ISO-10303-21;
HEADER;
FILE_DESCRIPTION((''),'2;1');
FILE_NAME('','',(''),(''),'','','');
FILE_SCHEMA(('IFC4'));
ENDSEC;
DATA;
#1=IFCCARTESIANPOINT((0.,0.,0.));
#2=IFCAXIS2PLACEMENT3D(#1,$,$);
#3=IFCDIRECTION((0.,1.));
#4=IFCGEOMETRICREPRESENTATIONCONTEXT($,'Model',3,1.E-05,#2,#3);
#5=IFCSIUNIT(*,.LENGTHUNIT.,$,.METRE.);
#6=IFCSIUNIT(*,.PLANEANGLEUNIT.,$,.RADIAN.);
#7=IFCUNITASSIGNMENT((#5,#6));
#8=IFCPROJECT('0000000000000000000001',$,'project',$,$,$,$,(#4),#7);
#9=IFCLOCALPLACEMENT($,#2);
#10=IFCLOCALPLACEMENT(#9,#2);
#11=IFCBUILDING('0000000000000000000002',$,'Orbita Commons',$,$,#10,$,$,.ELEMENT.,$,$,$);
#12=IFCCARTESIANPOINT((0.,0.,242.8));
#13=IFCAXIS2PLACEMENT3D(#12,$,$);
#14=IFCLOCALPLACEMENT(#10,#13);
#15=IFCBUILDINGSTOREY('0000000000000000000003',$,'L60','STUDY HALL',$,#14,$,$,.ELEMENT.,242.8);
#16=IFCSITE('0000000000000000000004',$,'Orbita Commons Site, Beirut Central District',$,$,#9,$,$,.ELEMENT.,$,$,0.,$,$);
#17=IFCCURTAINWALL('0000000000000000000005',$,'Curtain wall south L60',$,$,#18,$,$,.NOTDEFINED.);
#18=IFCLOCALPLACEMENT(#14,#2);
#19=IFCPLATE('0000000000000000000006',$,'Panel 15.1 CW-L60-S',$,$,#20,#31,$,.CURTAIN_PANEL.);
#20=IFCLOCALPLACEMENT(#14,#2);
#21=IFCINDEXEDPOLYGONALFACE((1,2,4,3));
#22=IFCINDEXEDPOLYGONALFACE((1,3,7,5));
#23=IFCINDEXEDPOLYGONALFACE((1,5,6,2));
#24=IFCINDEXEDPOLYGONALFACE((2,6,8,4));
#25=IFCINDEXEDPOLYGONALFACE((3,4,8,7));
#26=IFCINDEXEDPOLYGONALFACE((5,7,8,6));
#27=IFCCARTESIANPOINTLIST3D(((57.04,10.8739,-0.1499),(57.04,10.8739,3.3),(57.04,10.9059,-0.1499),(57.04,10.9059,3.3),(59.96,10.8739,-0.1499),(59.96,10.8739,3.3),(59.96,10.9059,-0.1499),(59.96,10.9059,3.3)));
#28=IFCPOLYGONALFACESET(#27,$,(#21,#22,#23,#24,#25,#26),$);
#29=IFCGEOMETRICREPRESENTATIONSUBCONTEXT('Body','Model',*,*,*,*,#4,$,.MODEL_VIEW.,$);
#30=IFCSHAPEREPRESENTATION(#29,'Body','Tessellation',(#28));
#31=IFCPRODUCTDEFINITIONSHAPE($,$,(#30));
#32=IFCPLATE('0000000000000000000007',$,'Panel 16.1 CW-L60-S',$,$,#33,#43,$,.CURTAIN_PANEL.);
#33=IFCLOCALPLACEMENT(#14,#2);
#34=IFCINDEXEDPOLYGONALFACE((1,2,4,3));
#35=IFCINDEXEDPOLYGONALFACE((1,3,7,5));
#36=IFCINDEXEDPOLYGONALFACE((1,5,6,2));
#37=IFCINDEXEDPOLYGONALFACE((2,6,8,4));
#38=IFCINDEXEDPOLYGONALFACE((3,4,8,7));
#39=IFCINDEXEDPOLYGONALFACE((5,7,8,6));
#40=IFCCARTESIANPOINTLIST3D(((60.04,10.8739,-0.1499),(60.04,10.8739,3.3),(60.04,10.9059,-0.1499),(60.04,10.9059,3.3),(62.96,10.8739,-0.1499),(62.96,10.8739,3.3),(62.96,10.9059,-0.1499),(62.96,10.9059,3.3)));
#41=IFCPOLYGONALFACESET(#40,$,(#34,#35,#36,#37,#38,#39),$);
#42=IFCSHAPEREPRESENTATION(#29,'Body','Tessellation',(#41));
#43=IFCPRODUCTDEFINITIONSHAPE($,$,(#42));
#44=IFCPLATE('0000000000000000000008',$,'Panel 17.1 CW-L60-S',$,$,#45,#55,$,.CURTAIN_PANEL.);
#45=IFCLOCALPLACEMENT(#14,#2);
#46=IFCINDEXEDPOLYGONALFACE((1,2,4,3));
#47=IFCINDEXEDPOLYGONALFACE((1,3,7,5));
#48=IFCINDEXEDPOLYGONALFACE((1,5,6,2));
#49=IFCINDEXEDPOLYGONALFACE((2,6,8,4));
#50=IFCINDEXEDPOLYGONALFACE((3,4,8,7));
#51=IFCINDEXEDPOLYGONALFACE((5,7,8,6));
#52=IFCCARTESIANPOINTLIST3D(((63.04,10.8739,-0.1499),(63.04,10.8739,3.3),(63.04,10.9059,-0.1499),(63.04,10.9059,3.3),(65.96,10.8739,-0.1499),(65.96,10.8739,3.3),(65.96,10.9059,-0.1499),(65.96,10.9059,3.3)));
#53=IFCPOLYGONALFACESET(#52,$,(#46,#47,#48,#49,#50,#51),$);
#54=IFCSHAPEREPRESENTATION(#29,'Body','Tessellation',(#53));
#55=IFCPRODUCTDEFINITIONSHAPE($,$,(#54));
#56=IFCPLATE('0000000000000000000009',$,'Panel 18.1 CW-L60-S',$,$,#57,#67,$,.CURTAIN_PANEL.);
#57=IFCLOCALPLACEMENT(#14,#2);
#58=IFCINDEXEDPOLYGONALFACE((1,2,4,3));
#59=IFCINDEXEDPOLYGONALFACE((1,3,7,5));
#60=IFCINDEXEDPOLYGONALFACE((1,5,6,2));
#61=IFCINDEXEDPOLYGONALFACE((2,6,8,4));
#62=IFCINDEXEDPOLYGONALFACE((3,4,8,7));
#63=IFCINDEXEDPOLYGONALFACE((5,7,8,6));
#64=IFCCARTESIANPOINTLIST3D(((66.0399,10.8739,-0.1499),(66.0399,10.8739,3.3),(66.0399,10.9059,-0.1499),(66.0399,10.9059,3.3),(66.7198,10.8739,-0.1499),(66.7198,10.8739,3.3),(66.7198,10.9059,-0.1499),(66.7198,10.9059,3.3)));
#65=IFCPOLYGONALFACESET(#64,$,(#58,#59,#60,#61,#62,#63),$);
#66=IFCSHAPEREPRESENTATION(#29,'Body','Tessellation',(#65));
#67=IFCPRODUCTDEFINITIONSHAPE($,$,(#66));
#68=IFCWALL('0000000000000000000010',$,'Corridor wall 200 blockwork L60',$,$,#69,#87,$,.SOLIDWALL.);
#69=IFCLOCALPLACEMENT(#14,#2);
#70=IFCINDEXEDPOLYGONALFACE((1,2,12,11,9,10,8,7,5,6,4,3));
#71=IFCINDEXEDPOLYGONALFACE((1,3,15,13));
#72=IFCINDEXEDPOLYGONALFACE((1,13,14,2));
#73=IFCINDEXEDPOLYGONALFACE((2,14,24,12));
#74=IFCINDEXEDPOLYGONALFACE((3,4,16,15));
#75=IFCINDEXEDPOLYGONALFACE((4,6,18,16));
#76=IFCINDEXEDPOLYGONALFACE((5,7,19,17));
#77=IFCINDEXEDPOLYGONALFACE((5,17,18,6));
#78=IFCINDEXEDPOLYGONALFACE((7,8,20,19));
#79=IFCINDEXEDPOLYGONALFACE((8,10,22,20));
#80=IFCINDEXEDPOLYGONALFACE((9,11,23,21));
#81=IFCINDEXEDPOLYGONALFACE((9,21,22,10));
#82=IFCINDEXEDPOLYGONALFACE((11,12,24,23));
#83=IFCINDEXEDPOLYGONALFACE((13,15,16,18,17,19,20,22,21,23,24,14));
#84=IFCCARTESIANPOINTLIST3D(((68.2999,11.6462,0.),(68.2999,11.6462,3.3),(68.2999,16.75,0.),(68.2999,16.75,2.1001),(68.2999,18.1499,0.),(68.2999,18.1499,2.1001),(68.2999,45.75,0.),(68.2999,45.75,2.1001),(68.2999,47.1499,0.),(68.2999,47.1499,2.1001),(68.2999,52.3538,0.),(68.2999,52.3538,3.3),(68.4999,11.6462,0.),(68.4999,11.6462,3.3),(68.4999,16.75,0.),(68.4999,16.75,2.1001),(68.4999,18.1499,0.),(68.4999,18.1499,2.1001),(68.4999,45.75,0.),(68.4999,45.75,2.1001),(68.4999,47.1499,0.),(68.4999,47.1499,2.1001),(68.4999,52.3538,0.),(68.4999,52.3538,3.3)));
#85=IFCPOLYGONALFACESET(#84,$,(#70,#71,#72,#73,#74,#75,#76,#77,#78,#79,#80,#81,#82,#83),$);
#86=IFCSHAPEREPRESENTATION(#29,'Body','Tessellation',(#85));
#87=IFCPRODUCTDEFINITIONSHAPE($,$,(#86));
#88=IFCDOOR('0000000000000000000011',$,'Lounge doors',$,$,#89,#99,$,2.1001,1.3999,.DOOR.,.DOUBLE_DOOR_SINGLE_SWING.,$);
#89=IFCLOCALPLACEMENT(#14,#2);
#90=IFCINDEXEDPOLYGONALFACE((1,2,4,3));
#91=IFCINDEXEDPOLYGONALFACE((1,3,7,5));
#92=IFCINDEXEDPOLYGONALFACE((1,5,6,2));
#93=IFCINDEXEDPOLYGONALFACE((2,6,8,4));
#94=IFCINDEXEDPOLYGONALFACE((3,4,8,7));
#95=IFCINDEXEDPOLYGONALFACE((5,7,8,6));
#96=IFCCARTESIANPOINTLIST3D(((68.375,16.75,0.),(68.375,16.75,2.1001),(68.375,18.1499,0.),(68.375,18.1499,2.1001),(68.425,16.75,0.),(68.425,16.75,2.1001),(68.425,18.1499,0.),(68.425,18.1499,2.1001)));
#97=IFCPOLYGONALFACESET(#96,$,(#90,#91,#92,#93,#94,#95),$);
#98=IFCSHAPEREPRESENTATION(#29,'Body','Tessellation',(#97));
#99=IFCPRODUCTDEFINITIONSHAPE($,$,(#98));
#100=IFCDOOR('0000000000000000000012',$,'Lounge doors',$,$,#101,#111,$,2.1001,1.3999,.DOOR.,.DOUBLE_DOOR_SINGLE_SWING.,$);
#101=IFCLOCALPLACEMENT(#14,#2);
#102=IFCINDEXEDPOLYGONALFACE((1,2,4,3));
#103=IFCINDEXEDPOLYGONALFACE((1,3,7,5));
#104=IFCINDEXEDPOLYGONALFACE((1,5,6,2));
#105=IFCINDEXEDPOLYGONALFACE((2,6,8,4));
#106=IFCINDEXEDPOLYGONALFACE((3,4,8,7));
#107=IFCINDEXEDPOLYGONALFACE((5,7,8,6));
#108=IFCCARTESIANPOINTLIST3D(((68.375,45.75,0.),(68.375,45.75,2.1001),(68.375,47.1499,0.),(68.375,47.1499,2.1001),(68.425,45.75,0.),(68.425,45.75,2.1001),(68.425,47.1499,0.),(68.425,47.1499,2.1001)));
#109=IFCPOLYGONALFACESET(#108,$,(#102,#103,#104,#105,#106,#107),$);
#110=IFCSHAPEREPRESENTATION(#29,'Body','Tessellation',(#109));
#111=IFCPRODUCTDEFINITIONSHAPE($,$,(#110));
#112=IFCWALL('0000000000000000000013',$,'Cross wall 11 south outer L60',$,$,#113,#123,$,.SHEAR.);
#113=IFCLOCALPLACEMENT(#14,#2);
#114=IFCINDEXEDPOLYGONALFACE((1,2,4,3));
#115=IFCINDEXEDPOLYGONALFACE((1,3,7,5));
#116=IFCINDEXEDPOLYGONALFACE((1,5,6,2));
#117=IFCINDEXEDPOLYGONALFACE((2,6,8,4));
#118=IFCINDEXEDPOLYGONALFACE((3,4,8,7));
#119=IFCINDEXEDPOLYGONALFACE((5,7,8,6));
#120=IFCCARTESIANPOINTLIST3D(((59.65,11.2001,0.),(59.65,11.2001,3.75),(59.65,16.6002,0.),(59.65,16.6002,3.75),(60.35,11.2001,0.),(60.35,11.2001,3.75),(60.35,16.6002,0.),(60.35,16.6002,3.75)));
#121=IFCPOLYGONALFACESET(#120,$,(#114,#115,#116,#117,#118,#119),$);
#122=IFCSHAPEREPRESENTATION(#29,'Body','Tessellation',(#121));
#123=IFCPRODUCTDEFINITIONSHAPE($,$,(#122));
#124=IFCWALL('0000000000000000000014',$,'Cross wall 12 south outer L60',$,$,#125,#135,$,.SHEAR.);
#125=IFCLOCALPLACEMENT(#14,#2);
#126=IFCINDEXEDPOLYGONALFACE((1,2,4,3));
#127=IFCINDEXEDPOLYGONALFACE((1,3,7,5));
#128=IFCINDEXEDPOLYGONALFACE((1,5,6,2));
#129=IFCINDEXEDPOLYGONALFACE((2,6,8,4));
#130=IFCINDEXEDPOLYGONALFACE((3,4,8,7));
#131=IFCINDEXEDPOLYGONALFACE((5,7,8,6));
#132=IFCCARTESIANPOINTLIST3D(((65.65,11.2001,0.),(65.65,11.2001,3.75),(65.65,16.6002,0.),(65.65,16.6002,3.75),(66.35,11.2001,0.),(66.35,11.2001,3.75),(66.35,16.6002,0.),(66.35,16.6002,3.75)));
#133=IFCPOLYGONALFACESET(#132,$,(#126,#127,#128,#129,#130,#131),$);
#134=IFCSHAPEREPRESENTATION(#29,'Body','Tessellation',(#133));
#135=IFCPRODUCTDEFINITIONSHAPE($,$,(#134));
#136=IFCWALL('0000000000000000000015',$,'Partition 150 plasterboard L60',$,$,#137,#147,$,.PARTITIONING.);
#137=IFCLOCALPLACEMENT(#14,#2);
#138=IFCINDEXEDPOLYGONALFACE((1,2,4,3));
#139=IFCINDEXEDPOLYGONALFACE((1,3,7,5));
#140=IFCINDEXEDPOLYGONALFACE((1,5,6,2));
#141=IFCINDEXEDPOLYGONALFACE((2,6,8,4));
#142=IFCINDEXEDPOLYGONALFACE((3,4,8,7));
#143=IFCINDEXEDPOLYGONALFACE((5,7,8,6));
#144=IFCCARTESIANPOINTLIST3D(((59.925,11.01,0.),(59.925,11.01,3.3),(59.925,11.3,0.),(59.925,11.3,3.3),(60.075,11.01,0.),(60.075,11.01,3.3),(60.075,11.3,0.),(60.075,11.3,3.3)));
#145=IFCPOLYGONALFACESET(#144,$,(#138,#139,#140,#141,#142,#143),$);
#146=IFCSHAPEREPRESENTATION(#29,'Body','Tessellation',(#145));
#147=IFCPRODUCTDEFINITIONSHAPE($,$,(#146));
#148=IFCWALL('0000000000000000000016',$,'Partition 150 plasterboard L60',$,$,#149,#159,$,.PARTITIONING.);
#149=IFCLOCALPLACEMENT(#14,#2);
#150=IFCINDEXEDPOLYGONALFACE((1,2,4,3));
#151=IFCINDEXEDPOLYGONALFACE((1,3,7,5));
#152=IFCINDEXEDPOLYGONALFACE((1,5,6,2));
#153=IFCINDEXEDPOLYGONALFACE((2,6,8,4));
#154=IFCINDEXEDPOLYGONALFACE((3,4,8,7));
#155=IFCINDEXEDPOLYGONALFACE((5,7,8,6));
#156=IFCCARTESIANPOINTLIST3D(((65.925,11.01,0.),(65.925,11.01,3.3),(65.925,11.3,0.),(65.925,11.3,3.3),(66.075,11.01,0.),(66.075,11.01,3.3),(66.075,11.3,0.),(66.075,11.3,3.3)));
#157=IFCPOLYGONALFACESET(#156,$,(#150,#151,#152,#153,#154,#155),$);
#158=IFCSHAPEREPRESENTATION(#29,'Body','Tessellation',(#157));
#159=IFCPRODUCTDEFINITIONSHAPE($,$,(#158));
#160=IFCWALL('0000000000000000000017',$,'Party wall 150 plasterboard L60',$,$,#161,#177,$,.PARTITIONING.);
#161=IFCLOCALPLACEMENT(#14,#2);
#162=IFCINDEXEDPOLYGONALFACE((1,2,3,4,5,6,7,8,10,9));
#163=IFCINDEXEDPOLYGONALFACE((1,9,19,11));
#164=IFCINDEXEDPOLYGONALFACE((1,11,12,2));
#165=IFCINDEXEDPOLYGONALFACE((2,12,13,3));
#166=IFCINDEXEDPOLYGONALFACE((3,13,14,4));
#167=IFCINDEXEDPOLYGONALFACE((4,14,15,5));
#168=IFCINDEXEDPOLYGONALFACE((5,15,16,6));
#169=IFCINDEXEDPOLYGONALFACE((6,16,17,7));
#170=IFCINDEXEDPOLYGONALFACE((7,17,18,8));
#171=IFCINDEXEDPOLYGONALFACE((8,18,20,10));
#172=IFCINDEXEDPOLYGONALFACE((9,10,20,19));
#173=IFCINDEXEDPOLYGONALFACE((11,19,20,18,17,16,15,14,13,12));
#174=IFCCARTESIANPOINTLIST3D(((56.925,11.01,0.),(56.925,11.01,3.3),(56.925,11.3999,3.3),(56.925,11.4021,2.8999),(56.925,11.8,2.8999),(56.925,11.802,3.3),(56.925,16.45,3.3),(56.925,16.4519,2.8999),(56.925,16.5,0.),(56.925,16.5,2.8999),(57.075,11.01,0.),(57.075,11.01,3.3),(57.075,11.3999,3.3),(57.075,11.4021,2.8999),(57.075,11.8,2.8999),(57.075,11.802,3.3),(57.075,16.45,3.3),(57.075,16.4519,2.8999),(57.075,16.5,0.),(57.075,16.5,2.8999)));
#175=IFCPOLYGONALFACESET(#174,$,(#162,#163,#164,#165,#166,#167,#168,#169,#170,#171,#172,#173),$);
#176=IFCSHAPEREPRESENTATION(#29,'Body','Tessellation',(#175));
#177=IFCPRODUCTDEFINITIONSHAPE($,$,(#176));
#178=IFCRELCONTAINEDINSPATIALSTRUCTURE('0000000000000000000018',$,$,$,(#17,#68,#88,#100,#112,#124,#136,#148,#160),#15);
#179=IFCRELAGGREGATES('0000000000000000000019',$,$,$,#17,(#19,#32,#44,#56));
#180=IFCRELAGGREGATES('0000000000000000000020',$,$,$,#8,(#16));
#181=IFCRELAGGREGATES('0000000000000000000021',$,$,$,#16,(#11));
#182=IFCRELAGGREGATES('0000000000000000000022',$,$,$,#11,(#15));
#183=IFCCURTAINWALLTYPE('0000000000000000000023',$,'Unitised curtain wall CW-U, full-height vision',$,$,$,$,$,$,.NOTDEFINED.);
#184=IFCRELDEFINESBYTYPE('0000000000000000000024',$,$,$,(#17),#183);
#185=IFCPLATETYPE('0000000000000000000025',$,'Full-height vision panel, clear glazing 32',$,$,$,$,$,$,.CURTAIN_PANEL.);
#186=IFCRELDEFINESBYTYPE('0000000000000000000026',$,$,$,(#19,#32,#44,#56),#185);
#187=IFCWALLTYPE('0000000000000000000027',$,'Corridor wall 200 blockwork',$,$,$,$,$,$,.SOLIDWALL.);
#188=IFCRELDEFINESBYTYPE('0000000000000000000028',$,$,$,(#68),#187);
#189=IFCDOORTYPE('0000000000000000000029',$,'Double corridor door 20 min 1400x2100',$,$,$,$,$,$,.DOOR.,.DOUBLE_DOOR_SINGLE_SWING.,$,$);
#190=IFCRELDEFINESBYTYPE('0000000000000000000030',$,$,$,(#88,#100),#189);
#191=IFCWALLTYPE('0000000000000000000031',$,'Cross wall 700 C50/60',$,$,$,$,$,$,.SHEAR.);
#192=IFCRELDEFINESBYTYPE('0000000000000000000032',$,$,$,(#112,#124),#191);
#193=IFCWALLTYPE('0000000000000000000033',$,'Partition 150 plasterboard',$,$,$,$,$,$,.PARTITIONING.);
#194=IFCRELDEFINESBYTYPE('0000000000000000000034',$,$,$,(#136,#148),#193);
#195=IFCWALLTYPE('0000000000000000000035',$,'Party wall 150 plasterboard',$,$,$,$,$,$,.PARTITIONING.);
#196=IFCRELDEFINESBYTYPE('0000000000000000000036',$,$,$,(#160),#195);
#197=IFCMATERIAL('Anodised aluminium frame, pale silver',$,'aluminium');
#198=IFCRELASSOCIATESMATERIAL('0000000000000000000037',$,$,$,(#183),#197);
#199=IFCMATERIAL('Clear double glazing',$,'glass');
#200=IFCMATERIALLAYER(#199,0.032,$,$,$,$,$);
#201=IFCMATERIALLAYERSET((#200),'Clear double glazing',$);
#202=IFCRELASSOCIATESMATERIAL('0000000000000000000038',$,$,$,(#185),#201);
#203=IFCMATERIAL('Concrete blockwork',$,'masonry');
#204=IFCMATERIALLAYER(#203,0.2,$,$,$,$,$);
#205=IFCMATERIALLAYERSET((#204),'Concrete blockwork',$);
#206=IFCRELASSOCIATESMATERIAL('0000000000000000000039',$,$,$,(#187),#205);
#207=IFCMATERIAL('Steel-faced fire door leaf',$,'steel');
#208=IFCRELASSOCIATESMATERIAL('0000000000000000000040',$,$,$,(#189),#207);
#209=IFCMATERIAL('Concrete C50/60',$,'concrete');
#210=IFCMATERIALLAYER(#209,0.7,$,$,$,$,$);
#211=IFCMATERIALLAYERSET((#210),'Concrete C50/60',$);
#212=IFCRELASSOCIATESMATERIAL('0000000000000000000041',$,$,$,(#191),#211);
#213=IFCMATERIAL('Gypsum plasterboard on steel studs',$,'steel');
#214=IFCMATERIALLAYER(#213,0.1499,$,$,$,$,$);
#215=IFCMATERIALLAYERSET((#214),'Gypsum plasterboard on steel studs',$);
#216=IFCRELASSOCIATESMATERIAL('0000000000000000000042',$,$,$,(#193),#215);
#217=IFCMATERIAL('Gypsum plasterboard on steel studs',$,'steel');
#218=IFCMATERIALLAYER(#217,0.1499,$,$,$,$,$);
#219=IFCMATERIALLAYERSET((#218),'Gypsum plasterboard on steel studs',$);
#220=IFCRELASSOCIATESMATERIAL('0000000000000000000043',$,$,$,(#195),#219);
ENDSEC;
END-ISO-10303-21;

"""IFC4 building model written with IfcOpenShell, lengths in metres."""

from ifc_helpers import new_model, si_unit, direction, frame, frame_2d, origin, origin_2d, place, context, subcontext, project, spatial, polyline, rectangle, outline, extrude, material, layer, layer_set, type_object, element, fill, aggregate, save


model = new_model("IFC4")

# Units and contexts
model_context = context("Model", 3, precision=1e-05, world=origin(), true_north=direction((0.0, 1.0)))
body_context = subcontext(model_context, "Body", "Model", "MODEL_VIEW")
ifc_project = project(units=[si_unit("LENGTHUNIT", "METRE"), si_unit("PLANEANGLEUNIT", "RADIAN")], contexts=[model_context])

# Site, building, storey
site_placement = place(None, origin())
site = spatial("IfcSite", under=ifc_project, at=site_placement, Name="Orbita Commons Site, Beirut Central District", CompositionType="ELEMENT", RefElevation=0.0)
building_placement = place(site_placement, origin())
building = spatial("IfcBuilding", under=site, at=building_placement, Name="Orbita Commons", CompositionType="ELEMENT")
storey_placement = place(building_placement, frame((0.0, 0.0, 242.8)))
storey = spatial("IfcBuildingStorey", under=building, at=storey_placement, Name="L60", Description="STUDY HALL", CompositionType="ELEMENT", Elevation=242.8)

# Curtain wall
ifc_material_1 = material(Name="Anodised aluminium frame, pale silver", Category="aluminium")
curtain_wall_type = type_object("IfcCurtainWallType", Name="Unitised curtain wall CW-U, full-height vision", PredefinedType="NOTDEFINED", material=ifc_material_1)
curtain_wall_placement = place(storey_placement, origin())
curtain_wall = element("IfcCurtainWall", 1, at=curtain_wall_placement, inside=storey, type_object=curtain_wall_type, Name="Curtain wall south L60", PredefinedType="NOTDEFINED")

# Plates
ifc_material_2 = material(Name="Clear double glazing", Category="glass")
ifc_layer_1 = layer(ifc_material_2, 0.032)
ifc_layer_set_1 = layer_set([ifc_layer_1], Name="Clear double glazing")
plate_type = type_object("IfcPlateType", Name="Full-height vision panel, clear glazing 32", PredefinedType="CURTAIN_PANEL", material=ifc_layer_set_1)
plate_1_placement = place(storey_placement, frame((58.5, 10.8899, -0.1499), z_axis=(0.0, 0.0, 1.0), x_axis=(1.0, 0.0, 0.0)))
plate_1 = element("IfcPlate", 2, at=plate_1_placement, type_object=plate_type, Name="Panel 15.1 CW-L60-S", PredefinedType="CURTAIN_PANEL", context=body_context, shape_type="SweptSolid", body=[
    extrude(rectangle(XDim=2.9199, YDim=0.032, at=origin_2d()), origin(), (0.0, 0.0, 1.0), 3.45),
])
plate_2_placement = place(storey_placement, frame((61.5, 10.8899, -0.1499), z_axis=(0.0, 0.0, 1.0), x_axis=(1.0, 0.0, 0.0)))
plate_2 = element("IfcPlate", 3, at=plate_2_placement, type_object=plate_type, Name="Panel 16.1 CW-L60-S", PredefinedType="CURTAIN_PANEL", context=body_context, shape_type="SweptSolid", body=[
    extrude(rectangle(XDim=2.9199, YDim=0.032, at=origin_2d()), origin(), (0.0, 0.0, 1.0), 3.45),
])
plate_3_placement = place(storey_placement, frame((64.5, 10.8899, -0.1499), z_axis=(0.0, 0.0, 1.0), x_axis=(1.0, 0.0, 0.0)))
plate_3 = element("IfcPlate", 4, at=plate_3_placement, type_object=plate_type, Name="Panel 17.1 CW-L60-S", PredefinedType="CURTAIN_PANEL", context=body_context, shape_type="SweptSolid", body=[
    extrude(rectangle(XDim=2.9199, YDim=0.032, at=origin_2d()), origin(), (0.0, 0.0, 1.0), 3.45),
])
plate_4_placement = place(storey_placement, frame((66.3799, 10.8899, -0.1499), z_axis=(0.0, 0.0, 1.0), x_axis=(1.0, 0.0, 0.0)))
plate_4 = element("IfcPlate", 5, at=plate_4_placement, type_object=plate_type, Name="Panel 18.1 CW-L60-S", PredefinedType="CURTAIN_PANEL", context=body_context, shape_type="SweptSolid", body=[
    extrude(rectangle(XDim=0.6799, YDim=0.032, at=origin_2d()), origin(), (0.0, 0.0, 1.0), 3.45),
])
aggregate(curtain_wall, [plate_1, plate_2, plate_3, plate_4])

# Wall, openings, doors
ifc_material_3 = material(Name="Concrete blockwork", Category="masonry")
ifc_layer_2 = layer(ifc_material_3, 0.2)
ifc_layer_set_2 = layer_set([ifc_layer_2], Name="Concrete blockwork")
wall_type_1 = type_object("IfcWallType", Name="Corridor wall 200 blockwork", PredefinedType="SOLIDWALL", material=ifc_layer_set_2)
wall_1_placement = place(storey_placement, frame((68.3999, 11.6462, 0.0), z_axis=(0.0, 0.0, 1.0), x_axis=(0.0, 1.0, 0.0)))
wall_1 = element("IfcWall", 6, at=wall_1_placement, inside=storey, type_object=wall_type_1, Name="Corridor wall 200 blockwork L60", PredefinedType="SOLIDWALL", context=body_context, shape_type="SweptSolid", body=[
    extrude(rectangle(XDim=40.7075, YDim=0.2, at=frame_2d((20.3538, 0.0))), origin(), (0.0, 0.0, 1.0), 3.3),
])
opening_1_placement = place(wall_1_placement, frame((5.1038, 0.0, 0.0)))
opening_1 = element("IfcOpeningElement", 7, at=opening_1_placement, cuts=wall_1, PredefinedType="OPENING", context=body_context, shape_type="SweptSolid", body=[
    extrude(rectangle(XDim=1.3999, YDim=2.1001, at=frame_2d((0.7, 1.05))), frame((0.0, 0.1099, 0.0), z_axis=(0.0, -1.0, 0.0), x_axis=(1.0, 0.0, 0.0)), (0.0, 0.0, 1.0), 0.22),
])
opening_2_placement = place(wall_1_placement, frame((34.1038, 0.0, 0.0)))
opening_2 = element("IfcOpeningElement", 8, at=opening_2_placement, cuts=wall_1, PredefinedType="OPENING", context=body_context, shape_type="SweptSolid", body=[
    extrude(rectangle(XDim=1.3999, YDim=2.1001, at=frame_2d((0.7, 1.05))), frame((0.0, 0.1099, 0.0), z_axis=(0.0, -1.0, 0.0), x_axis=(1.0, 0.0, 0.0)), (0.0, 0.0, 1.0), 0.22),
])
ifc_material_4 = material(Name="Steel-faced fire door leaf", Category="steel")
door_type = type_object("IfcDoorType", Name="Double corridor door 20 min 1400x2100", OperationType="DOUBLE_DOOR_SINGLE_SWING", PredefinedType="DOOR", material=ifc_material_4)
door_1_placement = place(opening_1_placement, origin())
door_1 = element("IfcDoor", 9, at=door_1_placement, inside=storey, type_object=door_type, Name="Lounge doors", OperationType="DOUBLE_DOOR_SINGLE_SWING", OverallHeight=2.1001, OverallWidth=1.3999, PredefinedType="DOOR", context=body_context, shape_type="SweptSolid", body=[
    extrude(rectangle(XDim=1.3999, YDim=2.1001, at=frame_2d((0.7, 1.05))), frame((0.0, 0.0249, 0.0), z_axis=(0.0, -1.0, 0.0), x_axis=(1.0, 0.0, 0.0)), (0.0, 0.0, 1.0), 0.05),
])
fill(opening_1, door_1)
door_2_placement = place(opening_2_placement, origin())
door_2 = element("IfcDoor", 10, at=door_2_placement, inside=storey, type_object=door_type, Name="Lounge doors", OperationType="DOUBLE_DOOR_SINGLE_SWING", OverallHeight=2.1001, OverallWidth=1.3999, PredefinedType="DOOR", context=body_context, shape_type="SweptSolid", body=[
    extrude(rectangle(XDim=1.3999, YDim=2.1001, at=frame_2d((0.7, 1.05))), frame((0.0, 0.0249, 0.0), z_axis=(0.0, -1.0, 0.0), x_axis=(1.0, 0.0, 0.0)), (0.0, 0.0, 1.0), 0.05),
])
fill(opening_2, door_2)

# Walls
ifc_material_5 = material(Name="Concrete C50/60", Category="concrete")
ifc_layer_3 = layer(ifc_material_5, 0.7)
ifc_layer_set_3 = layer_set([ifc_layer_3], Name="Concrete C50/60")
wall_type_2 = type_object("IfcWallType", Name="Cross wall 700 C50/60", PredefinedType="SHEAR", material=ifc_layer_set_3)
for number, where, z_axis, x_axis, name in (
    (11, (60.0, 11.2, 0.0), (0.0, 0.0, 1.0), (0.0, 1.0, 0.0), "Cross wall 11 south outer L60"),
    (12, (66.0, 11.2, 0.0), (0.0, 0.0, 1.0), (0.0, 1.0, 0.0), "Cross wall 12 south outer L60"),
):
    element("IfcWall", number, at=place(storey_placement, frame(where, z_axis=z_axis, x_axis=x_axis)), inside=storey, type_object=wall_type_2, Name=name, PredefinedType="SHEAR", context=body_context, shape_type="SweptSolid", body=[
        extrude(rectangle(XDim=5.4001, YDim=0.7, at=frame_2d((2.7002, 0.0))), origin(), (0.0, 0.0, 1.0), 3.75),
    ])
ifc_material_6 = material(Name="Gypsum plasterboard on steel studs", Category="steel")
ifc_layer_4 = layer(ifc_material_6, 0.1499)
ifc_layer_set_4 = layer_set([ifc_layer_4], Name="Gypsum plasterboard on steel studs")
wall_type_3 = type_object("IfcWallType", Name="Partition 150 plasterboard", PredefinedType="PARTITIONING", material=ifc_layer_set_4)
for number, where, z_axis, x_axis, name in (
    (13, (60.0, 11.3, 0.0), (0.0, 0.0, 1.0), (0.0, -1.0, 0.0), "Partition 150 plasterboard L60"),
    (14, (66.0, 11.3, 0.0), (0.0, 0.0, 1.0), (0.0, -1.0, 0.0), "Partition 150 plasterboard L60"),
):
    element("IfcWall", number, at=place(storey_placement, frame(where, z_axis=z_axis, x_axis=x_axis)), inside=storey, type_object=wall_type_3, Name=name, PredefinedType="PARTITIONING", context=body_context, shape_type="SweptSolid", body=[
        extrude(rectangle(XDim=0.29, YDim=0.1499, at=frame_2d((0.145, 0.0))), origin(), (0.0, 0.0, 1.0), 3.3),
    ])
ifc_material_7 = material(Name="Gypsum plasterboard on steel studs", Category="steel")
ifc_layer_5 = layer(ifc_material_7, 0.1499)
ifc_layer_set_5 = layer_set([ifc_layer_5], Name="Gypsum plasterboard on steel studs")
wall_type_4 = type_object("IfcWallType", Name="Party wall 150 plasterboard", PredefinedType="PARTITIONING", material=ifc_layer_set_5)
for number, where, z_axis, x_axis, name in (
    (15, (57.0, 11.01, 0.0), (0.0, 0.0, 1.0), (0.0, 1.0, 0.0), "Party wall 150 plasterboard L60"),
):
    element("IfcWall", number, at=place(storey_placement, frame(where, z_axis=z_axis, x_axis=x_axis)), inside=storey, type_object=wall_type_4, Name=name, PredefinedType="PARTITIONING", context=body_context, shape_type="SweptSolid", body=[
        extrude(outline(polyline([(0.0, 0.0), (5.49, 0.0), (5.49, 2.8999), (5.4419, 2.8999), (5.4399, 3.3), (0.792, 3.3), (0.79, 2.8999), (0.3921, 2.8999), (0.3899, 3.3), (0.0, 3.3), (0.0, 0.0)])), frame((0.0, 0.075, 0.0), z_axis=(0.0, -1.0, 0.0), x_axis=(1.0, 0.0, 0.0)), (0.0, 0.0, 1.0), 0.1499),
    ])

save(model, "model.ifc")
